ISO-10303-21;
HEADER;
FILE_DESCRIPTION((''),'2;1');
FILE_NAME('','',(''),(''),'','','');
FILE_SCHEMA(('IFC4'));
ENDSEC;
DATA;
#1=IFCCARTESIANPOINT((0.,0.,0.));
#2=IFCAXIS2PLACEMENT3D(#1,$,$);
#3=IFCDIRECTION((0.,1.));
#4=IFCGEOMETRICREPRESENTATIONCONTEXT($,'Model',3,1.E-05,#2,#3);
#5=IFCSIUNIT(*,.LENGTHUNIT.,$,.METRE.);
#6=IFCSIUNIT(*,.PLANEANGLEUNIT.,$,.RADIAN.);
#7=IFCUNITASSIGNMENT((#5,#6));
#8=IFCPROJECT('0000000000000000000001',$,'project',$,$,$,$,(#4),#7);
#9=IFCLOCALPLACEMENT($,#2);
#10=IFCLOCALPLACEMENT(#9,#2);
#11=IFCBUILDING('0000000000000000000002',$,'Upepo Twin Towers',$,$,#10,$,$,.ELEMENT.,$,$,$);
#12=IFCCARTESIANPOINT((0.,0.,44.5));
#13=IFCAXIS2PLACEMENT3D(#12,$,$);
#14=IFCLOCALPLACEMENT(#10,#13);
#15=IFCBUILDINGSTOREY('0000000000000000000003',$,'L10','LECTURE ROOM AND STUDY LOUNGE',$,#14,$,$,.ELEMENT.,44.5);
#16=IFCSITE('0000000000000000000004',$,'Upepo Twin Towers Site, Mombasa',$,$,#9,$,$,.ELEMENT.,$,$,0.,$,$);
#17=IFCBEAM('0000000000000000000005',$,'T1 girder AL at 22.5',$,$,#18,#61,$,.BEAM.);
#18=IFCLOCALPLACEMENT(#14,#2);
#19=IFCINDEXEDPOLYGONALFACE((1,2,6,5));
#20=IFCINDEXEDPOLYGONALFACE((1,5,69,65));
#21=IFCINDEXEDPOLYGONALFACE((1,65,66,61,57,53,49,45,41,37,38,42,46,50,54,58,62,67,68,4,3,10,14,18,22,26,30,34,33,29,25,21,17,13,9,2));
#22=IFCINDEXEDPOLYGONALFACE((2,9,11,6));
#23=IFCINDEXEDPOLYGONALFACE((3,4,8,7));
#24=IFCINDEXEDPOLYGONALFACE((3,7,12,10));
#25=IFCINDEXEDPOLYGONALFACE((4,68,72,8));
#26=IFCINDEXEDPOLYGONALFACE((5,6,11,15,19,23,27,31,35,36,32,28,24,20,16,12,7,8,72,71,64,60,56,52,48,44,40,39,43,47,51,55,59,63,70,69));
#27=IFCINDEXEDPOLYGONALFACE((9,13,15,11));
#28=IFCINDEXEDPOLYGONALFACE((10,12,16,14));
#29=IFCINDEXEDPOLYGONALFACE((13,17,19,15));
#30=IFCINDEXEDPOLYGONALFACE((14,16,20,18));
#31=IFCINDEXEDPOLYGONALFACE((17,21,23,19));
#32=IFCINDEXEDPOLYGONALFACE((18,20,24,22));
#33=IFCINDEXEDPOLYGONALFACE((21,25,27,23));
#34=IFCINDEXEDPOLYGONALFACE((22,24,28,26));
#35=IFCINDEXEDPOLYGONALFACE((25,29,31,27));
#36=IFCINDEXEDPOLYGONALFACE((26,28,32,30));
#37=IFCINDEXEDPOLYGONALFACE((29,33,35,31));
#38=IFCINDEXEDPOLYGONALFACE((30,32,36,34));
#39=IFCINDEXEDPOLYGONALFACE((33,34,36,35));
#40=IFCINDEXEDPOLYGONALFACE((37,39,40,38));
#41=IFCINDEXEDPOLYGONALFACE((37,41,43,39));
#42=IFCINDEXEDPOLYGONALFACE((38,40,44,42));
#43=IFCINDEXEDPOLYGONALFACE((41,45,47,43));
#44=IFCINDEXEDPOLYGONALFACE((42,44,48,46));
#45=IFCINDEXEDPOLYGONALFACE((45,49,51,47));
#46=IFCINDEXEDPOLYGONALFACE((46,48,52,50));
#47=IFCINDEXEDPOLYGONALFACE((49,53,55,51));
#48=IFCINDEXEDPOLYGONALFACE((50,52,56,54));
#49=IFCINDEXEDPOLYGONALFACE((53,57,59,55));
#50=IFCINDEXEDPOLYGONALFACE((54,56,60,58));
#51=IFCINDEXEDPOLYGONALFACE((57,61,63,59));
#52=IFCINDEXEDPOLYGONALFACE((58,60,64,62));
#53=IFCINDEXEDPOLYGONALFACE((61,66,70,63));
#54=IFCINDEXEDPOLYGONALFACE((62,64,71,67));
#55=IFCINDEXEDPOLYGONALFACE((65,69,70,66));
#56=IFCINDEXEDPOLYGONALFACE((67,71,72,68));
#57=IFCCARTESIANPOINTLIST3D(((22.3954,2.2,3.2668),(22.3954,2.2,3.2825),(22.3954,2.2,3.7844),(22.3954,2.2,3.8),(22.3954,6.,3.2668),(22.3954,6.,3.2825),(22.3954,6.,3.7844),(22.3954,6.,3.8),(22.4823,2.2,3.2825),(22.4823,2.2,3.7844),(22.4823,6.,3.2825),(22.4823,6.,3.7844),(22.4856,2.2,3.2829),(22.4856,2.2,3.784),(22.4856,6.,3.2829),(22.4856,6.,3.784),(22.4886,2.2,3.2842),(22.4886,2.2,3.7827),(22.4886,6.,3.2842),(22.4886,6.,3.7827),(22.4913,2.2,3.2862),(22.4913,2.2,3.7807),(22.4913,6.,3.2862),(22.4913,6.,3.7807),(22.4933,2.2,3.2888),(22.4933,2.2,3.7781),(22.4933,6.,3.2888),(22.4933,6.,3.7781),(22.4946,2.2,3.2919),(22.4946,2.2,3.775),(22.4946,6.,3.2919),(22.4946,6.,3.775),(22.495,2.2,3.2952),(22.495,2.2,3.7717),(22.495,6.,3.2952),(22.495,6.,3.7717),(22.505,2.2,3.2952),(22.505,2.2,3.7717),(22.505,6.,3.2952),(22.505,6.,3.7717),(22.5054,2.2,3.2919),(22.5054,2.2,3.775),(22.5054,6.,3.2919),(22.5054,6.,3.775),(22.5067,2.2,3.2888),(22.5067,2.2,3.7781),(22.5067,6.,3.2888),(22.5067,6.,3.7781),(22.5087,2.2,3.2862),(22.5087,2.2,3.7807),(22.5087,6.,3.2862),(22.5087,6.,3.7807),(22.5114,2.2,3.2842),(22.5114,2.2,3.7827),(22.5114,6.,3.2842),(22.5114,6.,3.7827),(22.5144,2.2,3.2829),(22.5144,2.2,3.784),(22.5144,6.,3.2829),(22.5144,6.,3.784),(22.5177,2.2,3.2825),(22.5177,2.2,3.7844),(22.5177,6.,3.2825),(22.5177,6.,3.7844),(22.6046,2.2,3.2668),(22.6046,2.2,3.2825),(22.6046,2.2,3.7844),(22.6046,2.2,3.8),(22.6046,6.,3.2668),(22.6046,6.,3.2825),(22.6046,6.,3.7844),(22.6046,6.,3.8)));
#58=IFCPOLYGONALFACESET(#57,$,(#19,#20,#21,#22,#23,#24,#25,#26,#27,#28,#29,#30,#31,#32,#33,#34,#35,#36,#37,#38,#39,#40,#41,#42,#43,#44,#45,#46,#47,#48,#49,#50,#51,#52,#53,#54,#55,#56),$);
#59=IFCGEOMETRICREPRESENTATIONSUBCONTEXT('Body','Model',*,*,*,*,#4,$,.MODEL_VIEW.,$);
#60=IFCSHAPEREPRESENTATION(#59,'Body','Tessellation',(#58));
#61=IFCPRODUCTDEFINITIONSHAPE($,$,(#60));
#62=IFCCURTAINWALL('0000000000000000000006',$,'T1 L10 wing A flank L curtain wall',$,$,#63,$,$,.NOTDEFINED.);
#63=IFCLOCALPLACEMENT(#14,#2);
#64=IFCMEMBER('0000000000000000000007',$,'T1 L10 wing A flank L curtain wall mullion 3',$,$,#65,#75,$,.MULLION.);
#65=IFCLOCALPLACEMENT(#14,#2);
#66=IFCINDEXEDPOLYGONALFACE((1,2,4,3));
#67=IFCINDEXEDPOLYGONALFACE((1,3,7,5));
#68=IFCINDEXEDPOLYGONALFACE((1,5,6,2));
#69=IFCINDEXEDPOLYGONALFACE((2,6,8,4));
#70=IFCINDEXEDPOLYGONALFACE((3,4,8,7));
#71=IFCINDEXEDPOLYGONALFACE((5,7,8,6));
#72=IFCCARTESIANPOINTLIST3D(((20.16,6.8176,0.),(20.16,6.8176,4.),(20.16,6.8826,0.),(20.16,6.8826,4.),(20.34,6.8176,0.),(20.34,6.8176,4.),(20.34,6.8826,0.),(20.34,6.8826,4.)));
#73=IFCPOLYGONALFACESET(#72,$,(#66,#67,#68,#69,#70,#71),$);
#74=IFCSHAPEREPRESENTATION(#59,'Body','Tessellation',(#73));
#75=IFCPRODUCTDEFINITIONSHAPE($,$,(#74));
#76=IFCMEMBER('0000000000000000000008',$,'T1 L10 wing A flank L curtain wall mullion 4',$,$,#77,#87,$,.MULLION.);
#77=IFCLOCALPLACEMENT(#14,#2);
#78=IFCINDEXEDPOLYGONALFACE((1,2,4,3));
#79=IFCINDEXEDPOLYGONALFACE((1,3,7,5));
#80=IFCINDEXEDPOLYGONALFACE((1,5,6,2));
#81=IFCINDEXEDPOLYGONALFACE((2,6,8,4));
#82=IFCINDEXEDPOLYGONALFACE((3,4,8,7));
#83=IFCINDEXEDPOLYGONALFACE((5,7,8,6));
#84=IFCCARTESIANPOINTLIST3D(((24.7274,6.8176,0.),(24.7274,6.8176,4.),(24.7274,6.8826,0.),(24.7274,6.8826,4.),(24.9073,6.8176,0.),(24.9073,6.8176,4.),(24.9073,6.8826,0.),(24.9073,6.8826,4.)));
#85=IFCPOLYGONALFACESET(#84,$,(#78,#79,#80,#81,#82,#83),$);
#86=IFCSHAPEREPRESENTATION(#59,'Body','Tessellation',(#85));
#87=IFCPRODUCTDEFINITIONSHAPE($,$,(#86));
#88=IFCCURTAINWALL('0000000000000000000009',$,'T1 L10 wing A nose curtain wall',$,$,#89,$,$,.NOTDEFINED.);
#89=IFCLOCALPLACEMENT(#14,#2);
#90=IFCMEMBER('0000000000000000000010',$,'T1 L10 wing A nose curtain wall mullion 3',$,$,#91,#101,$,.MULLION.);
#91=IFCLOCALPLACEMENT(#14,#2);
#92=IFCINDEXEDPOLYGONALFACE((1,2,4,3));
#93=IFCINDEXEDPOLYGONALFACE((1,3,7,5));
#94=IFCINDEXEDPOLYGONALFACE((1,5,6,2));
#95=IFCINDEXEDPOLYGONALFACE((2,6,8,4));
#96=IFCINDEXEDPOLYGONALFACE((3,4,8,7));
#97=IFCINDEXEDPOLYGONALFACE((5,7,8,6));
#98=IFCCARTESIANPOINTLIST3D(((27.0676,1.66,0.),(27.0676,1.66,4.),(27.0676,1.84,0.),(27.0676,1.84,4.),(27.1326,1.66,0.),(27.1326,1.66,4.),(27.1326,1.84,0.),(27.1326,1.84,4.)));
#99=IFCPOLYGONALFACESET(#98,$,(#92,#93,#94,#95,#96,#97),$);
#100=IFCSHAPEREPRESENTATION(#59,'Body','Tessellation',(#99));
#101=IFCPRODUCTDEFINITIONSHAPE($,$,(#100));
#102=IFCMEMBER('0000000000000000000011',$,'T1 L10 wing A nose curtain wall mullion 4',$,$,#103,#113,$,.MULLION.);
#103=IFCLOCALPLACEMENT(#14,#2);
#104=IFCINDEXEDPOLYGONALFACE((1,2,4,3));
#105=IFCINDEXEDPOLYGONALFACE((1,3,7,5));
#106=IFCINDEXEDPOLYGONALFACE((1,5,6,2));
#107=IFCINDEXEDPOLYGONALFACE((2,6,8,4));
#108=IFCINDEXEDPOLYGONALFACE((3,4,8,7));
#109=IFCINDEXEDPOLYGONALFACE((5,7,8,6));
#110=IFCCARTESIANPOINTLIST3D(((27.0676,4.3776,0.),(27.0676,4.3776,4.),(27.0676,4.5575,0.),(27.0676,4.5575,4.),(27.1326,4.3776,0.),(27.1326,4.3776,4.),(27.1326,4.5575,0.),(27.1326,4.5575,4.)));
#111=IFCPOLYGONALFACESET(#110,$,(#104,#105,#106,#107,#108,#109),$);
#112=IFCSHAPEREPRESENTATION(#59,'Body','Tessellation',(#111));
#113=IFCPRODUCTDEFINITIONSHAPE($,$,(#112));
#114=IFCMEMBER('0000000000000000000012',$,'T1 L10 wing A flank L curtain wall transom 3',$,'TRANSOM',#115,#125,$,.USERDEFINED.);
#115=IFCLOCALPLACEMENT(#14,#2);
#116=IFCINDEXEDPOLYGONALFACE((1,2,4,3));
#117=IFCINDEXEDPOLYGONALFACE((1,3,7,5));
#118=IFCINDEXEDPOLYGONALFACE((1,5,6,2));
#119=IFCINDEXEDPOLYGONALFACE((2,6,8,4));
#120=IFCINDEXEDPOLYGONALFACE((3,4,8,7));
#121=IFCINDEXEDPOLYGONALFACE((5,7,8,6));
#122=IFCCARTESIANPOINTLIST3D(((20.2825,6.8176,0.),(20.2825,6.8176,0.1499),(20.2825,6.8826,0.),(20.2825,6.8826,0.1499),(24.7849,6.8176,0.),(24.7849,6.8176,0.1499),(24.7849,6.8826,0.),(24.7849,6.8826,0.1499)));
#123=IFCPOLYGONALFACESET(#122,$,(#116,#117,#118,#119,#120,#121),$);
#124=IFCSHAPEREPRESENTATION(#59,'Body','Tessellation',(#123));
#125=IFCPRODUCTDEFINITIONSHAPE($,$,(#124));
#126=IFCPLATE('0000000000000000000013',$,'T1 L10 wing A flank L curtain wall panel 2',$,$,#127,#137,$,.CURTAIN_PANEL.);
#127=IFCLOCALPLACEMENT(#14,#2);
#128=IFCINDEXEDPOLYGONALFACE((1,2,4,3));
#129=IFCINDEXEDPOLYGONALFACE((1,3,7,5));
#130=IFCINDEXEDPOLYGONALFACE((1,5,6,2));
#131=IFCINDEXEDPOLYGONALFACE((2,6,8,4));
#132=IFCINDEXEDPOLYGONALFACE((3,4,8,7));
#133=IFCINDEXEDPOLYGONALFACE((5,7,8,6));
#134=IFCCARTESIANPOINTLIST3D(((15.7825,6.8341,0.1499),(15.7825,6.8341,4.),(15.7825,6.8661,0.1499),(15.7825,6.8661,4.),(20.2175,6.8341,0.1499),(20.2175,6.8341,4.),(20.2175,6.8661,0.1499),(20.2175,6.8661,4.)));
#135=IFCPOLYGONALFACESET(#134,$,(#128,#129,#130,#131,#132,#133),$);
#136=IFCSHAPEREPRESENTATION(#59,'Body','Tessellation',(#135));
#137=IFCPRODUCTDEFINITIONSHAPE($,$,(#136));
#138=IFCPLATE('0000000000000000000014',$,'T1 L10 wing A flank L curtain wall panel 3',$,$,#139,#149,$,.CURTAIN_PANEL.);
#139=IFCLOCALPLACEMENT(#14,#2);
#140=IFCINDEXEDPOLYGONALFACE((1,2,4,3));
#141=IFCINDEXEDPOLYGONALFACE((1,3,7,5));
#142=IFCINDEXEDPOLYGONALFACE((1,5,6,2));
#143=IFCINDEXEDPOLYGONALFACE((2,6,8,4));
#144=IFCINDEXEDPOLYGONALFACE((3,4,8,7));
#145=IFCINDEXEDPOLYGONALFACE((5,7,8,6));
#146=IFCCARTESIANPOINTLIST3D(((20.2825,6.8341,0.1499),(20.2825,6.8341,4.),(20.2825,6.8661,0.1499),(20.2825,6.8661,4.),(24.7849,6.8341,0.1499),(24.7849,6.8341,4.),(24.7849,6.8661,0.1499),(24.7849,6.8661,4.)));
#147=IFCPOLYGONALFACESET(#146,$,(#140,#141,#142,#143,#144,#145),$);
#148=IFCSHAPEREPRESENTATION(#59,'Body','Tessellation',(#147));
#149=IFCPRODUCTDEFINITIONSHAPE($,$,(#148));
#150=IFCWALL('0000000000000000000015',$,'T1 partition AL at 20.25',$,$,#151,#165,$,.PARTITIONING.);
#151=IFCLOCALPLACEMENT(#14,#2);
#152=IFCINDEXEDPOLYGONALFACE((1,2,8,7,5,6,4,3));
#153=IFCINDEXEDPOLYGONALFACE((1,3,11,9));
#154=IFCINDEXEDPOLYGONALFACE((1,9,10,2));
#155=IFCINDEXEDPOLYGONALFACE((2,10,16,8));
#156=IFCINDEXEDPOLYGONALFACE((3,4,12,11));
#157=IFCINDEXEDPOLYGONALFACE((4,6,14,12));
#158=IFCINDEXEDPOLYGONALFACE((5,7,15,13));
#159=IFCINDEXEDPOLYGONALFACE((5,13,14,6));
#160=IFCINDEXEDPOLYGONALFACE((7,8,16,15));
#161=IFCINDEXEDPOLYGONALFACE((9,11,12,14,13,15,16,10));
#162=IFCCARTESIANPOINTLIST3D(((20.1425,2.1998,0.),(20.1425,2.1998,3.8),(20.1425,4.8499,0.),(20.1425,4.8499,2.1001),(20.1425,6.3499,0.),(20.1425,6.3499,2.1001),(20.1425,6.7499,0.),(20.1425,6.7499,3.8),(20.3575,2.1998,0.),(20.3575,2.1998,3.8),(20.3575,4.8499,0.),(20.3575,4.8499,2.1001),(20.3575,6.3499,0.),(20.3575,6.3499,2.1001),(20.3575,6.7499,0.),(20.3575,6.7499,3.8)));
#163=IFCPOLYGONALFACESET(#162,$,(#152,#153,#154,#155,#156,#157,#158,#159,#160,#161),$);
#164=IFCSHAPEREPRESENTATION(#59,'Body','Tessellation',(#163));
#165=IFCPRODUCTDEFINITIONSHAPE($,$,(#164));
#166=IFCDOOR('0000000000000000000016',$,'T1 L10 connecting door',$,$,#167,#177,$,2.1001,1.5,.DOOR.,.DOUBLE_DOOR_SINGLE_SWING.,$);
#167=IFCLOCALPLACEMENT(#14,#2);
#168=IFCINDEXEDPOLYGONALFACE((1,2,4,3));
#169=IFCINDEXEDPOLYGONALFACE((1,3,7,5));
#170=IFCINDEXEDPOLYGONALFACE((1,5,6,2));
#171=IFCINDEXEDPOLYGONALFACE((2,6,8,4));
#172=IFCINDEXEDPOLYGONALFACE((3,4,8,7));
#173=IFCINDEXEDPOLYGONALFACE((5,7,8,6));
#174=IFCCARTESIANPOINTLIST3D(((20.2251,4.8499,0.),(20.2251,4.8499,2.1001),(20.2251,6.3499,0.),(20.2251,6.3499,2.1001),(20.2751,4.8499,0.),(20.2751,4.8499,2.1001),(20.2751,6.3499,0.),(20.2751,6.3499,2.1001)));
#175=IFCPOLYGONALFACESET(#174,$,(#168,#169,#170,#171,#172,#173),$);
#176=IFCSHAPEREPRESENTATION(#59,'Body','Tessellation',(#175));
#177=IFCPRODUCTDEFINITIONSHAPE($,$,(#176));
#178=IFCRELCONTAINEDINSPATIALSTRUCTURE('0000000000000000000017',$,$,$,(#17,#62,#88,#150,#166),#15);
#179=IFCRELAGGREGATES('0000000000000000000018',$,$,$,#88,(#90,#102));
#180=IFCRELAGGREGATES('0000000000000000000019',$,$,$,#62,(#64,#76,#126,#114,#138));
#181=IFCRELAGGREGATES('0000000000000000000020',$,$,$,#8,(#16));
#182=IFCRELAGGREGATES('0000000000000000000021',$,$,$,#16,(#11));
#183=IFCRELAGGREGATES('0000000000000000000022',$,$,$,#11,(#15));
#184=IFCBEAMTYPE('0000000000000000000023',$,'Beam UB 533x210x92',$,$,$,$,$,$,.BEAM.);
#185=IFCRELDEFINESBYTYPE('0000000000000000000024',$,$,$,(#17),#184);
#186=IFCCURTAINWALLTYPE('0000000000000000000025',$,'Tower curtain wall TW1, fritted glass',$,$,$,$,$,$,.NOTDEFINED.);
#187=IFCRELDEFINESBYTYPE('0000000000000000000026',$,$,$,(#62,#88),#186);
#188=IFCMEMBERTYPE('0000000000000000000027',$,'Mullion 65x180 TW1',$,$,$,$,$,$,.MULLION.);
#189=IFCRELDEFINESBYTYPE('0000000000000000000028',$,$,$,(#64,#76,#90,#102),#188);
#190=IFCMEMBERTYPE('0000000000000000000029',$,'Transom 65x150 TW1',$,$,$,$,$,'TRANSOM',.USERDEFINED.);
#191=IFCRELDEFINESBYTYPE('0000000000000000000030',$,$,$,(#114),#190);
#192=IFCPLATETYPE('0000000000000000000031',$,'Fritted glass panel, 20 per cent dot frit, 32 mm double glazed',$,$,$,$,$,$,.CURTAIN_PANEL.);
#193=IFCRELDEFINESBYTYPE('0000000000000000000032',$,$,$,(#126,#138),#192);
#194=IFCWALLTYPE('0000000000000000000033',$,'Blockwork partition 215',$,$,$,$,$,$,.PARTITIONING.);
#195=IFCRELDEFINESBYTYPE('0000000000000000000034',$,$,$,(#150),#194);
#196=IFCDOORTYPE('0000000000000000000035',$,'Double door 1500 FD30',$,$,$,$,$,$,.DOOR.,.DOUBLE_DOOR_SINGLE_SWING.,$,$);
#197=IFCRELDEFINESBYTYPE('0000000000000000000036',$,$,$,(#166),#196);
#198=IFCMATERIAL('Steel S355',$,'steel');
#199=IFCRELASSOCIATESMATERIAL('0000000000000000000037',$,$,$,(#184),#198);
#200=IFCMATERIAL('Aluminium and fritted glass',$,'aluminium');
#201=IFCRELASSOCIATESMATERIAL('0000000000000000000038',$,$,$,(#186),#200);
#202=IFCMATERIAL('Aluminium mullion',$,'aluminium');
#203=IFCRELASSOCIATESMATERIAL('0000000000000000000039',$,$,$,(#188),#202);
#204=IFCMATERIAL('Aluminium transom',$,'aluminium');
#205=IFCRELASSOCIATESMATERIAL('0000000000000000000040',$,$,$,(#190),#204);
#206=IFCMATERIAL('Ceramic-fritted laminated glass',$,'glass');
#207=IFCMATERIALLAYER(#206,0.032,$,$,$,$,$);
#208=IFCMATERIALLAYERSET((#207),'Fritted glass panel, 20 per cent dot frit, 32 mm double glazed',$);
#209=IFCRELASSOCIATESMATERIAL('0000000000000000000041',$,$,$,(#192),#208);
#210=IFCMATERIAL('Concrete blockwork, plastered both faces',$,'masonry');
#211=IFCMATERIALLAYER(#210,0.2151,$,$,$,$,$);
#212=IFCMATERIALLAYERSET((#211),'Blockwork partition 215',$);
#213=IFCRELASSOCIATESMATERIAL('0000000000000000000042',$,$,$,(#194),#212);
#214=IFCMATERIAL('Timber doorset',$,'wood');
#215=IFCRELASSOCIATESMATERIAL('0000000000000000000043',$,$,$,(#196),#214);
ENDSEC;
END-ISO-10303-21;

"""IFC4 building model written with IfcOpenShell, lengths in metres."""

from ifc_helpers import new_model, si_unit, direction, frame, frame_2d, origin, origin_2d, place, context, subcontext, project, spatial, rectangle, i_section, extrude, material, layer, layer_set, material_profile, profile_set, type_object, element, fill, aggregate, save


model = new_model("IFC4")

# Units and contexts
model_context = context("Model", 3, precision=1e-05, world=origin(), true_north=direction((0.0, 1.0)))
body_context = subcontext(model_context, "Body", "Model", "MODEL_VIEW")
ifc_project = project(units=[si_unit("LENGTHUNIT", "METRE"), si_unit("PLANEANGLEUNIT", "RADIAN")], contexts=[model_context])

# Site, building, storey
site_placement = place(None, origin())
site = spatial("IfcSite", under=ifc_project, at=site_placement, Name="Upepo Twin Towers Site, Mombasa", CompositionType="ELEMENT", RefElevation=0.0)
building_placement = place(site_placement, origin())
building = spatial("IfcBuilding", under=site, at=building_placement, Name="Upepo Twin Towers", CompositionType="ELEMENT")
storey_placement = place(building_placement, frame((0.0, 0.0, 44.5)))
storey = spatial("IfcBuildingStorey", under=building, at=storey_placement, Name="L10", Description="LECTURE ROOM AND STUDY LOUNGE", CompositionType="ELEMENT", Elevation=44.5)

# Beam
ifc_material_1 = material(Name="Steel S355", Category="steel")
ifc_material_profile_1 = material_profile(ifc_material_1, i_section(OverallWidth=0.2092, OverallDepth=0.5332, WebThickness=0.01, FlangeThickness=0.0156, FilletRadius=0.0127, at=origin_2d()), Name="UB 533x210x92")
ifc_profile_set_1 = profile_set([ifc_material_profile_1], Name="Steel S355")
beam_type_1 = type_object("IfcBeamType", Name="Beam UB 533x210x92", PredefinedType="BEAM", material=ifc_profile_set_1)
beam_1_placement = place(storey_placement, frame((22.5, 6.0, 3.5334), z_axis=(0.0, -1.0, 0.0), x_axis=(1.0, 0.0, 0.0)))
element("IfcBeam", 1, at=beam_1_placement, inside=storey, type_object=beam_type_1, Name="T1 girder AL at 22.5", PredefinedType="BEAM", context=body_context, shape_type="SweptSolid", body=[
    extrude(i_section(OverallWidth=0.2092, OverallDepth=0.5332, WebThickness=0.01, FlangeThickness=0.0156, FilletRadius=0.0127, at=origin_2d()), origin(), (0.0, 0.0, 1.0), 3.8),
])

# Curtain walls, members
ifc_material_2 = material(Name="Aluminium and fritted glass", Category="aluminium")
curtain_wall_type = type_object("IfcCurtainWallType", Name="Tower curtain wall TW1, fritted glass", PredefinedType="NOTDEFINED", material=ifc_material_2)
curtain_wall_1_placement = place(storey_placement, origin())
curtain_wall_1 = element("IfcCurtainWall", 2, at=curtain_wall_1_placement, inside=storey, type_object=curtain_wall_type, Name="T1 L10 wing A flank L curtain wall", PredefinedType="NOTDEFINED")
ifc_material_3 = material(Name="Aluminium mullion", Category="aluminium")
ifc_material_profile_2 = material_profile(ifc_material_3, rectangle(XDim=0.0649, YDim=0.1799, at=origin_2d()), Name="MULLION 65x180")
ifc_profile_set_2 = profile_set([ifc_material_profile_2], Name="Aluminium mullion")
member_type_1 = type_object("IfcMemberType", Name="Mullion 65x180 TW1", PredefinedType="MULLION", material=ifc_profile_set_2)
member_1_placement = place(storey_placement, frame((20.25, 6.8501, 0.0), z_axis=(0.0, 0.0, 1.0), x_axis=(0.0, 1.0, 0.0)))
member_1 = element("IfcMember", 3, at=member_1_placement, type_object=member_type_1, Name="T1 L10 wing A flank L curtain wall mullion 3", PredefinedType="MULLION", context=body_context, shape_type="SweptSolid", body=[
    extrude(rectangle(XDim=0.0649, YDim=0.1799, at=origin_2d()), origin(), (0.0, 0.0, 1.0), 4.0),
])
member_2_placement = place(storey_placement, frame((24.8174, 6.8501, 0.0), z_axis=(0.0, 0.0, 1.0), x_axis=(0.0, 1.0, 0.0)))
member_2 = element("IfcMember", 4, at=member_2_placement, type_object=member_type_1, Name="T1 L10 wing A flank L curtain wall mullion 4", PredefinedType="MULLION", context=body_context, shape_type="SweptSolid", body=[
    extrude(rectangle(XDim=0.0649, YDim=0.1799, at=origin_2d()), origin(), (0.0, 0.0, 1.0), 4.0),
])
curtain_wall_2_placement = place(storey_placement, origin())
curtain_wall_2 = element("IfcCurtainWall", 5, at=curtain_wall_2_placement, inside=storey, type_object=curtain_wall_type, Name="T1 L10 wing A nose curtain wall", PredefinedType="NOTDEFINED")
member_3_placement = place(storey_placement, frame((27.1001, 1.75, 0.0), z_axis=(0.0, 0.0, 1.0), x_axis=(-1.0, 0.0, 0.0)))
member_3 = element("IfcMember", 6, at=member_3_placement, type_object=member_type_1, Name="T1 L10 wing A nose curtain wall mullion 3", PredefinedType="MULLION", context=body_context, shape_type="SweptSolid", body=[
    extrude(rectangle(XDim=0.0649, YDim=0.1799, at=origin_2d()), origin(), (0.0, 0.0, 1.0), 4.0),
])
member_4_placement = place(storey_placement, frame((27.1001, 4.4675, 0.0), z_axis=(0.0, 0.0, 1.0), x_axis=(-1.0, 0.0, 0.0)))
member_4 = element("IfcMember", 7, at=member_4_placement, type_object=member_type_1, Name="T1 L10 wing A nose curtain wall mullion 4", PredefinedType="MULLION", context=body_context, shape_type="SweptSolid", body=[
    extrude(rectangle(XDim=0.0649, YDim=0.1799, at=origin_2d()), origin(), (0.0, 0.0, 1.0), 4.0),
])
aggregate(curtain_wall_2, [member_3, member_4])

# Member
ifc_material_4 = material(Name="Aluminium transom", Category="aluminium")
ifc_material_profile_3 = material_profile(ifc_material_4, rectangle(XDim=0.0649, YDim=0.1499, at=origin_2d()), Name="TRANSOM 65x150")
ifc_profile_set_3 = profile_set([ifc_material_profile_3], Name="Aluminium transom")
member_type_2 = type_object("IfcMemberType", Name="Transom 65x150 TW1", ElementType="TRANSOM", PredefinedType="USERDEFINED", material=ifc_profile_set_3)
member_5_placement = place(storey_placement, frame((20.2825, 6.8501, 0.075), z_axis=(1.0, 0.0, 0.0), x_axis=(0.0, 1.0, 0.0)))
member_5 = element("IfcMember", 8, at=member_5_placement, type_object=member_type_2, Name="T1 L10 wing A flank L curtain wall transom 3", ObjectType="TRANSOM", PredefinedType="USERDEFINED", context=body_context, shape_type="SweptSolid", body=[
    extrude(rectangle(XDim=0.0649, YDim=0.1499, at=origin_2d()), origin(), (0.0, 0.0, 1.0), 4.5024),
])

# Plates
ifc_material_5 = material(Name="Ceramic-fritted laminated glass", Category="glass")
ifc_layer_1 = layer(ifc_material_5, 0.032)
ifc_layer_set_1 = layer_set([ifc_layer_1], Name="Fritted glass panel, 20 per cent dot frit, 32 mm double glazed")
plate_type = type_object("IfcPlateType", Name="Fritted glass panel, 20 per cent dot frit, 32 mm double glazed", PredefinedType="CURTAIN_PANEL", material=ifc_layer_set_1)
plate_1_placement = place(storey_placement, frame((18.0, 6.8501, 0.1499), z_axis=(0.0, 0.0, 1.0), x_axis=(1.0, 0.0, 0.0)))
plate_1 = element("IfcPlate", 9, at=plate_1_placement, type_object=plate_type, Name="T1 L10 wing A flank L curtain wall panel 2", PredefinedType="CURTAIN_PANEL", context=body_context, shape_type="SweptSolid", body=[
    extrude(rectangle(XDim=4.4351, YDim=0.032, at=origin_2d()), origin(), (0.0, 0.0, 1.0), 3.8501),
])
plate_2_placement = place(storey_placement, frame((22.5337, 6.8501, 0.1499), z_axis=(0.0, 0.0, 1.0), x_axis=(1.0, 0.0, 0.0)))
plate_2 = element("IfcPlate", 10, at=plate_2_placement, type_object=plate_type, Name="T1 L10 wing A flank L curtain wall panel 3", PredefinedType="CURTAIN_PANEL", context=body_context, shape_type="SweptSolid", body=[
    extrude(rectangle(XDim=4.5024, YDim=0.032, at=origin_2d()), origin(), (0.0, 0.0, 1.0), 3.8501),
])
aggregate(curtain_wall_1, [member_1, member_2, plate_1, member_5, plate_2])

# Wall, opening, door
ifc_material_6 = material(Name="Concrete blockwork, plastered both faces", Category="masonry")
ifc_layer_2 = layer(ifc_material_6, 0.2151)
ifc_layer_set_2 = layer_set([ifc_layer_2], Name="Blockwork partition 215")
wall_type_1 = type_object("IfcWallType", Name="Blockwork partition 215", PredefinedType="PARTITIONING", material=ifc_layer_set_2)
wall_1_placement = place(storey_placement, frame((20.25, 2.2, 0.0), z_axis=(0.0, 0.0, 1.0), x_axis=(0.0, 1.0, 0.0)))
wall_1 = element("IfcWall", 11, at=wall_1_placement, inside=storey, type_object=wall_type_1, Name="T1 partition AL at 20.25", PredefinedType="PARTITIONING", context=body_context, shape_type="SweptSolid", body=[
    extrude(rectangle(XDim=4.55, YDim=0.2151, at=frame_2d((2.2749, 0.0))), origin(), (0.0, 0.0, 1.0), 3.8),
])
opening_placement = place(wall_1_placement, frame((2.6499, 0.0, 0.0)))
opening = element("IfcOpeningElement", 12, at=opening_placement, cuts=wall_1, PredefinedType="OPENING", context=body_context, shape_type="SweptSolid", body=[
    extrude(rectangle(XDim=1.5, YDim=2.1001, at=frame_2d((0.75, 1.05))), frame((0.0, 0.1174, 0.0), z_axis=(0.0, -1.0, 0.0), x_axis=(1.0, 0.0, 0.0)), (0.0, 0.0, 1.0), 0.2351),
])
ifc_material_7 = material(Name="Timber doorset", Category="wood")
door_type = type_object("IfcDoorType", Name="Double door 1500 FD30", OperationType="DOUBLE_DOOR_SINGLE_SWING", PredefinedType="DOOR", material=ifc_material_7)
door_placement = place(opening_placement, origin())
door = element("IfcDoor", 13, at=door_placement, inside=storey, type_object=door_type, Name="T1 L10 connecting door", OperationType="DOUBLE_DOOR_SINGLE_SWING", OverallHeight=2.1001, OverallWidth=1.5, PredefinedType="DOOR", context=body_context, shape_type="SweptSolid", body=[
    extrude(rectangle(XDim=1.5, YDim=2.1001, at=frame_2d((0.75, 1.05))), frame((0.0, 0.0249, 0.0), z_axis=(0.0, -1.0, 0.0), x_axis=(1.0, 0.0, 0.0)), (0.0, 0.0, 1.0), 0.05),
])
fill(opening, door)

save(model, "model.ifc")
